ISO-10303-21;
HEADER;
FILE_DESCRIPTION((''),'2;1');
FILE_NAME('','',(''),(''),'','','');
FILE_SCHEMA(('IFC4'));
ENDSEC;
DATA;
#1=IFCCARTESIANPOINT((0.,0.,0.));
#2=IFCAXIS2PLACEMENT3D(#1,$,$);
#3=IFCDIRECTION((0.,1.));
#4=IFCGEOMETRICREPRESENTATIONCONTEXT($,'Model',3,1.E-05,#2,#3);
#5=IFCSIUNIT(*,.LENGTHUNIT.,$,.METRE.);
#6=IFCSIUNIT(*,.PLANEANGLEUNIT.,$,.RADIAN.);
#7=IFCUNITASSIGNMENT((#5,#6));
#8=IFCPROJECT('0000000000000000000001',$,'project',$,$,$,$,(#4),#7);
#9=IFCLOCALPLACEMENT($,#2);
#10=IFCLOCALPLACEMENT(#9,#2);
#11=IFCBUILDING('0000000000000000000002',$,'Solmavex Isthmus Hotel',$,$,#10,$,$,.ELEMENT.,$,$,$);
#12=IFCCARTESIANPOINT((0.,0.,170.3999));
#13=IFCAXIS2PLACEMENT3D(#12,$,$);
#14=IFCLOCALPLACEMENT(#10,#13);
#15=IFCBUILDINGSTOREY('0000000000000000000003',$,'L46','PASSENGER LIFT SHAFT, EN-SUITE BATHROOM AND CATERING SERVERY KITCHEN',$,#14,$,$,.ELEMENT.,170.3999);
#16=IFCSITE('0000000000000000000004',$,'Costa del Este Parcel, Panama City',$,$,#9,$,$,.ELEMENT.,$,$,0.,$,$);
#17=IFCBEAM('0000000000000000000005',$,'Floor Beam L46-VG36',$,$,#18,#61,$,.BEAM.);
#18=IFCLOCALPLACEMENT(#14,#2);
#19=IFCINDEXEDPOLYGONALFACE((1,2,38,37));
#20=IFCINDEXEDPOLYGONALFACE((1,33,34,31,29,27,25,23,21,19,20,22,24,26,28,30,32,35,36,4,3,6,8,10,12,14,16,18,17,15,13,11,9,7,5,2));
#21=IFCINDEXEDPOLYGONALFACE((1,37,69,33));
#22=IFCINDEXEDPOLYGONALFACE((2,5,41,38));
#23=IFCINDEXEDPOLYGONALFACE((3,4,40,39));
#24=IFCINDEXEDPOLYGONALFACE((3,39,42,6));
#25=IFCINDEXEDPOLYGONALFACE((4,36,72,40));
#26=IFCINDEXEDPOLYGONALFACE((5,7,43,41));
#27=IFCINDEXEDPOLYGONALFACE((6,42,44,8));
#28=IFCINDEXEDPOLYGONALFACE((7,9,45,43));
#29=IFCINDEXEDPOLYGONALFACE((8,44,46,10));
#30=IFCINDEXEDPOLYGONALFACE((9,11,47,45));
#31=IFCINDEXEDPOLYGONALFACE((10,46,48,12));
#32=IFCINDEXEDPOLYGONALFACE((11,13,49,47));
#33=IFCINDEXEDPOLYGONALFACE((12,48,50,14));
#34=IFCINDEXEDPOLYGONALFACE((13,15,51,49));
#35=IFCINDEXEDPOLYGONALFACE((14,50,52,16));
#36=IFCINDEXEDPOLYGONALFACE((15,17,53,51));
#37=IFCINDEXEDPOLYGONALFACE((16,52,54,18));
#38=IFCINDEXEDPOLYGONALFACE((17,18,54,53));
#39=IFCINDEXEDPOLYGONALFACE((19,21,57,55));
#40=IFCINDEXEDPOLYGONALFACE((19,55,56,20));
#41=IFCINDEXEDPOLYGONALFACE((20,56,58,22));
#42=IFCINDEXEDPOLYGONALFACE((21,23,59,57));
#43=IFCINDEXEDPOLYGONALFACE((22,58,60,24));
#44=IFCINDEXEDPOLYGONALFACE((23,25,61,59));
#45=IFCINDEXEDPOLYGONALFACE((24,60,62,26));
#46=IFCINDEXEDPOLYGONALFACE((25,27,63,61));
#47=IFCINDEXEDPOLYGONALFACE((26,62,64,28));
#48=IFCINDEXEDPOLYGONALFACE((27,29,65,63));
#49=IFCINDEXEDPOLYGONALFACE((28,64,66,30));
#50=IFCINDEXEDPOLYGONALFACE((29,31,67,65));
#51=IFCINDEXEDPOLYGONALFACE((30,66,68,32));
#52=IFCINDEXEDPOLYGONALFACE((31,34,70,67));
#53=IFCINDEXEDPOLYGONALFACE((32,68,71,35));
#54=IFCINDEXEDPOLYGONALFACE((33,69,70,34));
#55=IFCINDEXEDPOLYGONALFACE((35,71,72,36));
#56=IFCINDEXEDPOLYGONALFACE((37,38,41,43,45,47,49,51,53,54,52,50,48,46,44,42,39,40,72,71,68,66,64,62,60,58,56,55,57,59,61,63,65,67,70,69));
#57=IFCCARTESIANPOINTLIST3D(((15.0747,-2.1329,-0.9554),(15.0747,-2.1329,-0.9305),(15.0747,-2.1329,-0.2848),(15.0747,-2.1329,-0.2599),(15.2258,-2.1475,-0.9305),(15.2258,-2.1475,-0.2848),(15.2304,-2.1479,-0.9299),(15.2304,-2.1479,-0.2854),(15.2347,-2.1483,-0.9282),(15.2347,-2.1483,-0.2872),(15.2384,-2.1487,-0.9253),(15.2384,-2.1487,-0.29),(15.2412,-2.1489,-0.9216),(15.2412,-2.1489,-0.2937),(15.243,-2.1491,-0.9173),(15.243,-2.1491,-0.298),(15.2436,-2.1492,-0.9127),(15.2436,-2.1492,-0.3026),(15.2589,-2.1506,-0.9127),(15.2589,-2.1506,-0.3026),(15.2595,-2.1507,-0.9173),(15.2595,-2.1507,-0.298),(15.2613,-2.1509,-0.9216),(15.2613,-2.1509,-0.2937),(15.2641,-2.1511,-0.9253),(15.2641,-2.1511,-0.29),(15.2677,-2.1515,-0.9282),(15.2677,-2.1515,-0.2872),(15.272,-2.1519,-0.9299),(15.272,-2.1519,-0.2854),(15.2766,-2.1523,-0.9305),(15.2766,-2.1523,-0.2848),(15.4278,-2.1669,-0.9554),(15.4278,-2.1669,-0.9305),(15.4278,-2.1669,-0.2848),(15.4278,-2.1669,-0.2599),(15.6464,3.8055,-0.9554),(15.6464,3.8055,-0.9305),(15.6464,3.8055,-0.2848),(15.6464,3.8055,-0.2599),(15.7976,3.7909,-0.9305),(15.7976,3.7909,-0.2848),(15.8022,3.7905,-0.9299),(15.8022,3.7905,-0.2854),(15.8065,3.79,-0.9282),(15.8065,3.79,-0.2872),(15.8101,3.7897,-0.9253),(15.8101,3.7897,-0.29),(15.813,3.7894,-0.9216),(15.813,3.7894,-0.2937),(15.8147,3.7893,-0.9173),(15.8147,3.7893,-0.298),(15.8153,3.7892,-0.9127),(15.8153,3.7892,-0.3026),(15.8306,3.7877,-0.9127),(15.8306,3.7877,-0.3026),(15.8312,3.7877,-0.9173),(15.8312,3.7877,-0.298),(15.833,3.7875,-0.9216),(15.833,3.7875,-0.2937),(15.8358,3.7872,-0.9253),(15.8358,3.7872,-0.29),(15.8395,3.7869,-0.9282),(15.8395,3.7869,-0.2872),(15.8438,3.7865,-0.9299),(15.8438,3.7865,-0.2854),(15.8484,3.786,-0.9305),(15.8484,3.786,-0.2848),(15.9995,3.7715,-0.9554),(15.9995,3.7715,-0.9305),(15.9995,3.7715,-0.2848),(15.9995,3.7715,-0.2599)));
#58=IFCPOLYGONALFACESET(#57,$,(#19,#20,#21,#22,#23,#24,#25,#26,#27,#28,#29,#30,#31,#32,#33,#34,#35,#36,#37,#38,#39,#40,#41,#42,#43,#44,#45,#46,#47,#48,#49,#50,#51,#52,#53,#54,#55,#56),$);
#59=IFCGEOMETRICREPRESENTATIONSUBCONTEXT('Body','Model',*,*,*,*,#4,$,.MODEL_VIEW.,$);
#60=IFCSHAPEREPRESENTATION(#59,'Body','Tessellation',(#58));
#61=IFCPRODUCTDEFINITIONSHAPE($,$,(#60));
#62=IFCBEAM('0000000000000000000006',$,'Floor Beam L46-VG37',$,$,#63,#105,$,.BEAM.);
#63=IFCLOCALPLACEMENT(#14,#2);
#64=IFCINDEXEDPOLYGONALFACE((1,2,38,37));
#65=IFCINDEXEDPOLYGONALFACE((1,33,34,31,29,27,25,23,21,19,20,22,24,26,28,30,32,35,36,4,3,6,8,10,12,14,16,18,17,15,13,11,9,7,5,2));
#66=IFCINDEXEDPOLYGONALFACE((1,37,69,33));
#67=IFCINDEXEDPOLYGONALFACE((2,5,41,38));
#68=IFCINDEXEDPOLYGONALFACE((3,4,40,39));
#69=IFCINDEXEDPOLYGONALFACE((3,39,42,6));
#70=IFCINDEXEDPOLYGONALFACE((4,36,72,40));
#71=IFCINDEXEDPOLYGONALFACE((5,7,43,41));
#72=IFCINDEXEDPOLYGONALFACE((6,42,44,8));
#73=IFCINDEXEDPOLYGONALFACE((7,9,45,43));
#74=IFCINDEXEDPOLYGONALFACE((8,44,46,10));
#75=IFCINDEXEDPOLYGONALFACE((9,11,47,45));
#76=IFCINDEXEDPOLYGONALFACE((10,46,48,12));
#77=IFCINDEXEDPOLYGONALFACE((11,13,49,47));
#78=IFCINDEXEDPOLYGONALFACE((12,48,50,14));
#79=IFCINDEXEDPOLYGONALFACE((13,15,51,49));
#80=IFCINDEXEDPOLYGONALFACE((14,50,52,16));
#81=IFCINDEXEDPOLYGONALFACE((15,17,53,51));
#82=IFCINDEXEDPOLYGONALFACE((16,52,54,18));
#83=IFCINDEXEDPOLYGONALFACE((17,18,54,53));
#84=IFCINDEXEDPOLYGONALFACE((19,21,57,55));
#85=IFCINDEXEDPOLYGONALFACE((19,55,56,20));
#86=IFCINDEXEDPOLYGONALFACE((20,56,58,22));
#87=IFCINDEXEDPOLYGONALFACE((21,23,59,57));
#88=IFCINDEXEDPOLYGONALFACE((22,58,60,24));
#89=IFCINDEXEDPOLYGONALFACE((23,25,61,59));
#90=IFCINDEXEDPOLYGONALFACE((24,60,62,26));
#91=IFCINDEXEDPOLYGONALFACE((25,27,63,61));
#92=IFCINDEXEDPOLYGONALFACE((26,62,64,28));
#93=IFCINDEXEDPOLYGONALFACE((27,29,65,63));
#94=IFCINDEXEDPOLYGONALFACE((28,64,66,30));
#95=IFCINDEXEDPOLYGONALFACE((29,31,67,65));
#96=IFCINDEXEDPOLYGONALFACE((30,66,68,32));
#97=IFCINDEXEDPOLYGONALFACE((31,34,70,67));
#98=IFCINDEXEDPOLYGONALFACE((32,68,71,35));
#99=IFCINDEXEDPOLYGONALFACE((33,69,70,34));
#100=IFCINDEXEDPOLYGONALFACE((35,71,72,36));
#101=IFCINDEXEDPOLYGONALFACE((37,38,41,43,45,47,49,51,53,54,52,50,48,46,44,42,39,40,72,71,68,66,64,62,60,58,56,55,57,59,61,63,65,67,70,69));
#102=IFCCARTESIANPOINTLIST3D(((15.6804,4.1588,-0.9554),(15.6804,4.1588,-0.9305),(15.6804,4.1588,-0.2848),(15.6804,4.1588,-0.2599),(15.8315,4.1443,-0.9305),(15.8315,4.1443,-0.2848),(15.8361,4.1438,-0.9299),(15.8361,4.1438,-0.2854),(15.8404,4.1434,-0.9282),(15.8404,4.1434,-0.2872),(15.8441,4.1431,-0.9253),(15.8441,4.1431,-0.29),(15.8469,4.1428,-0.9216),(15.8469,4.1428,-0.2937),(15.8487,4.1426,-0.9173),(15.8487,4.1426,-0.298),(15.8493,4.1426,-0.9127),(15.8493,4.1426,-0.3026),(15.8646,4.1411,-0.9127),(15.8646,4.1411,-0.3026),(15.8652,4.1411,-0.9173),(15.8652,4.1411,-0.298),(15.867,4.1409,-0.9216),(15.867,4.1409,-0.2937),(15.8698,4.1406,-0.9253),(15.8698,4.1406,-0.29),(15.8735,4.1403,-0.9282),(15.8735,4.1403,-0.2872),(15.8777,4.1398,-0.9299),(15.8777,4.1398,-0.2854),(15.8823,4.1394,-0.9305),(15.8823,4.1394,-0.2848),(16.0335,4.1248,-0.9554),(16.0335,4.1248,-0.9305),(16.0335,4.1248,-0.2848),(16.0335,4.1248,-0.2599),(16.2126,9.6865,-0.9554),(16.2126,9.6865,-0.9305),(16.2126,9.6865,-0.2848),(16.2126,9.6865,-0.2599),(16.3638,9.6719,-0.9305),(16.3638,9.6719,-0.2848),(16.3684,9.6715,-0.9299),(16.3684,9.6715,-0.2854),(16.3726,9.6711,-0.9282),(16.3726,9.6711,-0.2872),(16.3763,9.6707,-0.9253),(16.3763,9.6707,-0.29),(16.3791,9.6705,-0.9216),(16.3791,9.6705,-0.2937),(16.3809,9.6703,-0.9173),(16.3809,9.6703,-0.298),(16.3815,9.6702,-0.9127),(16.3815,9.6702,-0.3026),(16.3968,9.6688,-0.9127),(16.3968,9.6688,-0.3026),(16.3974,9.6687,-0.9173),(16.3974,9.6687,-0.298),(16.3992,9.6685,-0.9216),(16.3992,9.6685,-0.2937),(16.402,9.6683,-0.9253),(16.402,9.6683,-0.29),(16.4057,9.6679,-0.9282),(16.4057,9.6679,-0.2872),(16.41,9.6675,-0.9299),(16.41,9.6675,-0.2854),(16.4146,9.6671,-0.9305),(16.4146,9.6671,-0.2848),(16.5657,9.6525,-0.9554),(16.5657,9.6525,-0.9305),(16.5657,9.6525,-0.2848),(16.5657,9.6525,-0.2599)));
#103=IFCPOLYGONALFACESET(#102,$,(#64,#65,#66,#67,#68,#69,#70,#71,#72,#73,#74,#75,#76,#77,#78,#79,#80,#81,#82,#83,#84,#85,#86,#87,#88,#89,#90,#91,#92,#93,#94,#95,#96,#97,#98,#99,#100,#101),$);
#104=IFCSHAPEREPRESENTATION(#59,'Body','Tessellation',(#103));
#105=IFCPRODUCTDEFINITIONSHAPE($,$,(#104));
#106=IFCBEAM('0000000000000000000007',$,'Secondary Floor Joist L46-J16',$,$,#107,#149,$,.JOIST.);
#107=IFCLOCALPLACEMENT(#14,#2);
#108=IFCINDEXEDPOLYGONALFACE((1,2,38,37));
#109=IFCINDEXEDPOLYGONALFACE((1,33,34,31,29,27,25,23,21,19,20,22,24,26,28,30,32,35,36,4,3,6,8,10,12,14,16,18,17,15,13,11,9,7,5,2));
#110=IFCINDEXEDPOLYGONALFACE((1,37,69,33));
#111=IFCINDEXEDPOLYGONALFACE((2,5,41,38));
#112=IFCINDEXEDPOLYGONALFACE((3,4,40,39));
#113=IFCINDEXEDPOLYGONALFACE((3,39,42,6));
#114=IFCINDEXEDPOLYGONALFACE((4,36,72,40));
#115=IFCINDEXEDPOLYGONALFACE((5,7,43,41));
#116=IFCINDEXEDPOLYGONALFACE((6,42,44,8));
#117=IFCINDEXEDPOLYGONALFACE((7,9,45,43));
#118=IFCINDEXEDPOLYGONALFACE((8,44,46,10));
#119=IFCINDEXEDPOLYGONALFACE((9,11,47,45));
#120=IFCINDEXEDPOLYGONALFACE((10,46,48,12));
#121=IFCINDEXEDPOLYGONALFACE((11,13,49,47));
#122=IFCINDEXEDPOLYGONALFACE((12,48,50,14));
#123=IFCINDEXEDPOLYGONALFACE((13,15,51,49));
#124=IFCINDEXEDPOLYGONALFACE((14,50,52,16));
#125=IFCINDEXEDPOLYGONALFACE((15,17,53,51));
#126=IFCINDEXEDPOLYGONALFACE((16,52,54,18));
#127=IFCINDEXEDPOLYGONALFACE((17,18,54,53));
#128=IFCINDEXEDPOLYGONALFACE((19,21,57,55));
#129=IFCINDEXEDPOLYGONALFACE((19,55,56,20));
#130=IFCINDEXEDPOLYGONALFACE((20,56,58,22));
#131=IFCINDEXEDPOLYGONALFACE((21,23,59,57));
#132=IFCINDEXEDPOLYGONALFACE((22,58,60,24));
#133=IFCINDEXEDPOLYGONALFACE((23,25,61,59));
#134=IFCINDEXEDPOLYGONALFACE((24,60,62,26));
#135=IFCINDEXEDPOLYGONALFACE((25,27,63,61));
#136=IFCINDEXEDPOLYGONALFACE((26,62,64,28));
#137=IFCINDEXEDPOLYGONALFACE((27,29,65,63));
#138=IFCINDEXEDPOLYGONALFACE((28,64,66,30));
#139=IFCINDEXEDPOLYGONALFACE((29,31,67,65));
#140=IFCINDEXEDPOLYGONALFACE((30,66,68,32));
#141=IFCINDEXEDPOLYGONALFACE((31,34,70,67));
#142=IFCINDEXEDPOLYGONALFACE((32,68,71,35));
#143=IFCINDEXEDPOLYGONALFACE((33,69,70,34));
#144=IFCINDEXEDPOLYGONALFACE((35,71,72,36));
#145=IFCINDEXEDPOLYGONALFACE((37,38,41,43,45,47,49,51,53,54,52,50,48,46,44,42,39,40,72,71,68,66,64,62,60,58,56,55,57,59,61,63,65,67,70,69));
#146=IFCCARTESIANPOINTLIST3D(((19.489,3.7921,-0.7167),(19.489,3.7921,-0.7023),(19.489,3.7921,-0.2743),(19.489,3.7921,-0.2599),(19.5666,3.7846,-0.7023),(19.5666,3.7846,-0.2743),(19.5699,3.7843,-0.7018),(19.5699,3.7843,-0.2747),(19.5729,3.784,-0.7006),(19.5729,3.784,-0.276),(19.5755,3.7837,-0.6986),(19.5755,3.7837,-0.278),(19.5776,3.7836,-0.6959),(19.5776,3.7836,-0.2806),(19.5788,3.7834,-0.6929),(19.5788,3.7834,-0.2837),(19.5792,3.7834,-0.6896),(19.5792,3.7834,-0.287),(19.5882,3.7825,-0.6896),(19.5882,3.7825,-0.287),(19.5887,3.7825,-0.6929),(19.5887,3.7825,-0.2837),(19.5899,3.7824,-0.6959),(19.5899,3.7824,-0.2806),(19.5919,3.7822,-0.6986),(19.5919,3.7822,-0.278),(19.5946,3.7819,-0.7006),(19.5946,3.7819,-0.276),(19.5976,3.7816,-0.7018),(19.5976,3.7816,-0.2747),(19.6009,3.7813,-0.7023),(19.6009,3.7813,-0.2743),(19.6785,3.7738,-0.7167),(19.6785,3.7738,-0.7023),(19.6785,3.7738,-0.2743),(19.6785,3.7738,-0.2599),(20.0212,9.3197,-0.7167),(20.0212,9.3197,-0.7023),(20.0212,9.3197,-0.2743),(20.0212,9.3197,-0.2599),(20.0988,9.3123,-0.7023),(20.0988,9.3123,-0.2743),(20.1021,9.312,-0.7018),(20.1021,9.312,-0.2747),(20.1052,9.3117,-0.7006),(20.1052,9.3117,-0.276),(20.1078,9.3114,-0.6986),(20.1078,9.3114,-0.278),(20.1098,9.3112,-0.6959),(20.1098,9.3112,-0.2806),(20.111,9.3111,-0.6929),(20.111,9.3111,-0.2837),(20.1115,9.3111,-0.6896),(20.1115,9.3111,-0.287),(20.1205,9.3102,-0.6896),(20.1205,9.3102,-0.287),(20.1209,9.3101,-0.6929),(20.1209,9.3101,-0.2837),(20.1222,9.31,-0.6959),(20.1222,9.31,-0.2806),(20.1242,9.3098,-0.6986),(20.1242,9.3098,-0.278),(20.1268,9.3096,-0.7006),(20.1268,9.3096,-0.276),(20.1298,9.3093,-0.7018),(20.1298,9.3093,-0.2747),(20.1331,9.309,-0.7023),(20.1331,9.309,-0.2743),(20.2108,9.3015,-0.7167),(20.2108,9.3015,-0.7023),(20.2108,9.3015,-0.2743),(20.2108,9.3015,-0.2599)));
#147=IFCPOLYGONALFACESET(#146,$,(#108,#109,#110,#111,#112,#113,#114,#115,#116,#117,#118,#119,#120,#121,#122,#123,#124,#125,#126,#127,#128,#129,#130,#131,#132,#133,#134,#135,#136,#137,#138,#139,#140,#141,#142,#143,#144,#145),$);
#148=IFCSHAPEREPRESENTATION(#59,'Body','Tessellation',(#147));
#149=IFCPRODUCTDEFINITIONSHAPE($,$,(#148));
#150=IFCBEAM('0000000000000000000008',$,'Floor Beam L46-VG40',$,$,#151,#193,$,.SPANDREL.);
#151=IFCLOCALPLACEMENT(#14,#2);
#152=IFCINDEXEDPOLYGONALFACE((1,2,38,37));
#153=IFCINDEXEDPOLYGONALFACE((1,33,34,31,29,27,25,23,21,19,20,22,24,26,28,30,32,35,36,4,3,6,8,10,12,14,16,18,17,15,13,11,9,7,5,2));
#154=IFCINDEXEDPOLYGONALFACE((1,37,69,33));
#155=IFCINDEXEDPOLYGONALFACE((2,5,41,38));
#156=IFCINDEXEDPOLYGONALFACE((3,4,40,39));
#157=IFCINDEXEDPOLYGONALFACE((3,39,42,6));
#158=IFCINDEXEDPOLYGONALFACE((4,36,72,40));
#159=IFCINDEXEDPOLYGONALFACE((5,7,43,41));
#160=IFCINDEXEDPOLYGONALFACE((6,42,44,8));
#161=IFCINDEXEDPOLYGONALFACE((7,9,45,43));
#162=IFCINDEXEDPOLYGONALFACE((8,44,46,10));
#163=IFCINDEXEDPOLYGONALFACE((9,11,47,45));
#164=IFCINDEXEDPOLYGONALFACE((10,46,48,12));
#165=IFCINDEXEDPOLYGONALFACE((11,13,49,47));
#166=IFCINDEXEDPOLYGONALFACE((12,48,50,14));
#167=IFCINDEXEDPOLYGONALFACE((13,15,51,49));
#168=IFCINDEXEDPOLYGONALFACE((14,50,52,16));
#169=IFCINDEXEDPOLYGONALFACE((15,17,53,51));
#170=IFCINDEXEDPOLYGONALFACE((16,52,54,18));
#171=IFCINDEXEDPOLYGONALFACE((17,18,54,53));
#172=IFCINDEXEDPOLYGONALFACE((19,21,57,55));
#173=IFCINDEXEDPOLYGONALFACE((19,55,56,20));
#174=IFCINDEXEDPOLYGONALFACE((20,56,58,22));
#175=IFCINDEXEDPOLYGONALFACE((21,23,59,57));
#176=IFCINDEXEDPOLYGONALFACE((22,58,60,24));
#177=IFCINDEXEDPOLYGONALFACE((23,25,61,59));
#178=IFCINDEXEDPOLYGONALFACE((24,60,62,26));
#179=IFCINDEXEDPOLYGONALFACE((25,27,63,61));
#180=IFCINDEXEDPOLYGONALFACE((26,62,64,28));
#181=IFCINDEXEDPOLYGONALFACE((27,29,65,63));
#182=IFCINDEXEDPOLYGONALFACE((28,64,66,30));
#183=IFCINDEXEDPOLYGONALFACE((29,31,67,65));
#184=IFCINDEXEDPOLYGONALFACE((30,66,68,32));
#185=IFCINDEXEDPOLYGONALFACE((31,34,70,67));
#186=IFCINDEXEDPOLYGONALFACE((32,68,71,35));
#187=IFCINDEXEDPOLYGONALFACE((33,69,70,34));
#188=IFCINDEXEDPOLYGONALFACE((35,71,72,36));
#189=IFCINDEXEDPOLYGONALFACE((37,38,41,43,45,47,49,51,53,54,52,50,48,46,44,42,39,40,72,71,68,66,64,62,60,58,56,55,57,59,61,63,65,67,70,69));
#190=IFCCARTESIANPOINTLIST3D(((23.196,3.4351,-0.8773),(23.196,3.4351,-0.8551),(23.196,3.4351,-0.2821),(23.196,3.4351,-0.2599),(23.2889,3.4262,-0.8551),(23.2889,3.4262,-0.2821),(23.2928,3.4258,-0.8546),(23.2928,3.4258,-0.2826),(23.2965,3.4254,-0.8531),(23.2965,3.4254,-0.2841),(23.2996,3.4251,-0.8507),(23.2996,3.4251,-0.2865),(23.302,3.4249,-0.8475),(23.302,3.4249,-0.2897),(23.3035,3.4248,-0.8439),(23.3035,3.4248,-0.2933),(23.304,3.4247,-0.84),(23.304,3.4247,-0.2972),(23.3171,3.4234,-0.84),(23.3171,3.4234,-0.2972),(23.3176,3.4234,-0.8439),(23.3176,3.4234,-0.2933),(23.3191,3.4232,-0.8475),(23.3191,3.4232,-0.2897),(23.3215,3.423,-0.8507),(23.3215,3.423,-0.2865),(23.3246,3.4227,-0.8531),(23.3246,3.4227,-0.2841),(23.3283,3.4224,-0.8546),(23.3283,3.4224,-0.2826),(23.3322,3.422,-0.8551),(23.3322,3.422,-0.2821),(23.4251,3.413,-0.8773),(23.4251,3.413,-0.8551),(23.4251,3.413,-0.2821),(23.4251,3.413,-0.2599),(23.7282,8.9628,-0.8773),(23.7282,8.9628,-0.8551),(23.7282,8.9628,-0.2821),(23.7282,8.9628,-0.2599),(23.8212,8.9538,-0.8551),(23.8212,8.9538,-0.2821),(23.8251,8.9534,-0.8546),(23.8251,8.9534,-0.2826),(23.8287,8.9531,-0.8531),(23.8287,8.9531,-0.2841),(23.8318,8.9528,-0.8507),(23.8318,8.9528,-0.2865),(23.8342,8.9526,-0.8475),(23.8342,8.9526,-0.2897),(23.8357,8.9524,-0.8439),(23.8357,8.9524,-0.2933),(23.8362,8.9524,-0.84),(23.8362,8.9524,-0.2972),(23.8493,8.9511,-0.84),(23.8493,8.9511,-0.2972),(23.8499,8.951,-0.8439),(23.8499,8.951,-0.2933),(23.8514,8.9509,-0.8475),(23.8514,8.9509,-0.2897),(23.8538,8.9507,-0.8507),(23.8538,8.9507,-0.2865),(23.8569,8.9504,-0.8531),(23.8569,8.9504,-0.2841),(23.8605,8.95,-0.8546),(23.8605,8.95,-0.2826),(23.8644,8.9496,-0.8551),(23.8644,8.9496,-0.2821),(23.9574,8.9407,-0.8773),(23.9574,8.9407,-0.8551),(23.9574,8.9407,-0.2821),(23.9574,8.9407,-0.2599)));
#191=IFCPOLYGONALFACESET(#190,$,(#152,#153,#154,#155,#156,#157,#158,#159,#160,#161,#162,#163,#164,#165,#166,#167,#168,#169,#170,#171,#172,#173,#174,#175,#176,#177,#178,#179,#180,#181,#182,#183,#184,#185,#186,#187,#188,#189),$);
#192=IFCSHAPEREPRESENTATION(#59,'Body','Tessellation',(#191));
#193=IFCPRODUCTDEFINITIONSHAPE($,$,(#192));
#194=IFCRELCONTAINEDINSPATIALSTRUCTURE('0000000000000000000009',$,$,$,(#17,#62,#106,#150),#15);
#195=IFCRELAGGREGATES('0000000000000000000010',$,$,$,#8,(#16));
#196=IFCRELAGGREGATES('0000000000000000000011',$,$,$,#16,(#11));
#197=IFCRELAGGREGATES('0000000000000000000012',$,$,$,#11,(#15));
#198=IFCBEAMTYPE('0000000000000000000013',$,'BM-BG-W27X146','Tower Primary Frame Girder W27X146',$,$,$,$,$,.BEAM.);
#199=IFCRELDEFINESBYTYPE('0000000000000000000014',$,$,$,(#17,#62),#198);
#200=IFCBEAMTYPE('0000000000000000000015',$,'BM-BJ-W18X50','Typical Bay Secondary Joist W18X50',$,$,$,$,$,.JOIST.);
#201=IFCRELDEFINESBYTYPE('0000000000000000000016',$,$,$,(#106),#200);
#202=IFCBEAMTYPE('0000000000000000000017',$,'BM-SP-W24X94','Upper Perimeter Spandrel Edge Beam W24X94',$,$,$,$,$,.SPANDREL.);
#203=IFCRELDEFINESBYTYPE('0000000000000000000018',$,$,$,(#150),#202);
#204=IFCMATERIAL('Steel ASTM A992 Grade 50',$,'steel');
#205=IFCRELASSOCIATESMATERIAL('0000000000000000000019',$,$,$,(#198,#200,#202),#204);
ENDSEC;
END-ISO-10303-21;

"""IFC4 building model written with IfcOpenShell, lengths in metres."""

from ifc_helpers import new_model, si_unit, direction, frame, origin, origin_2d, place, context, subcontext, project, spatial, i_section, extrude, material, material_profile, profile_set, type_object, element, save


model = new_model("IFC4")

# Units and contexts
model_context = context("Model", 3, precision=1e-05, world=origin(), true_north=direction((0.0, 1.0)))
body_context = subcontext(model_context, "Body", "Model", "MODEL_VIEW")
ifc_project = project(units=[si_unit("LENGTHUNIT", "METRE"), si_unit("PLANEANGLEUNIT", "RADIAN")], contexts=[model_context])

# Site, building, storey
site_placement = place(None, origin())
site = spatial("IfcSite", under=ifc_project, at=site_placement, Name="Costa del Este Parcel, Panama City", CompositionType="ELEMENT", RefElevation=0.0)
building_placement = place(site_placement, origin())
building = spatial("IfcBuilding", under=site, at=building_placement, Name="Solmavex Isthmus Hotel", CompositionType="ELEMENT")
storey_placement = place(building_placement, frame((0.0, 0.0, 170.3999)))
storey = spatial("IfcBuildingStorey", under=building, at=storey_placement, Name="L46", Description="PASSENGER LIFT SHAFT, EN-SUITE BATHROOM AND CATERING SERVERY KITCHEN", CompositionType="ELEMENT", Elevation=170.3999)

# Beams
ifc_material_1 = material(Name="Steel ASTM A992 Grade 50", Category="steel")
ifc_material_profile_1 = material_profile(ifc_material_1, i_section(OverallWidth=0.3547, OverallDepth=0.6956, WebThickness=0.0154, FlangeThickness=0.0249, FilletRadius=0.0178, at=origin_2d()), Name="W27X146")
ifc_profile_set_1 = profile_set([ifc_material_profile_1], Name="Steel ASTM A992 Grade 50")
beam_type_1 = type_object("IfcBeamType", Name="BM-BG-W27X146", Description="Tower Primary Frame Girder W27X146", PredefinedType="BEAM", material=ifc_profile_set_1)
beam_1_placement = place(storey_placement, frame((15.2512, -2.1499, -0.6077), z_axis=(0.09584, 0.995397, 0.0), x_axis=(-0.995397, 0.09584, 0.0)))
element("IfcBeam", 1, at=beam_1_placement, inside=storey, type_object=beam_type_1, Name="Floor Beam L46-VG36", PredefinedType="BEAM", context=body_context, shape_type="SweptSolid", body=[
    extrude(i_section(OverallWidth=0.3547, OverallDepth=0.6956, WebThickness=0.0154, FlangeThickness=0.0249, FilletRadius=0.0178, at=origin_2d()), origin(), (0.0, 0.0, 1.0), 5.9658),
])
beam_2_placement = place(storey_placement, frame((15.8569, 4.1418, -0.6077), z_axis=(0.095842, 0.995397, 0.0), x_axis=(-0.995397, 0.095842, 0.0)))
element("IfcBeam", 2, at=beam_2_placement, inside=storey, type_object=beam_type_1, Name="Floor Beam L46-VG37", PredefinedType="BEAM", context=body_context, shape_type="SweptSolid", body=[
    extrude(i_section(OverallWidth=0.3547, OverallDepth=0.6956, WebThickness=0.0154, FlangeThickness=0.0249, FilletRadius=0.0178, at=origin_2d()), origin(), (0.0, 0.0, 1.0), 5.5532),
])
ifc_material_profile_2 = material_profile(ifc_material_1, i_section(OverallWidth=0.1904, OverallDepth=0.4568, WebThickness=0.009, FlangeThickness=0.0144, FilletRadius=0.0127, at=origin_2d()), Name="W18X50")
ifc_profile_set_2 = profile_set([ifc_material_profile_2], Name="Steel ASTM A992 Grade 50")
beam_type_2 = type_object("IfcBeamType", Name="BM-BJ-W18X50", Description="Typical Bay Secondary Joist W18X50", PredefinedType="JOIST", material=ifc_profile_set_2)
beam_3_placement = place(storey_placement, frame((19.5837, 3.783, -0.4883), z_axis=(0.095842, 0.995397, 0.0), x_axis=(-0.995397, 0.095842, 0.0)))
element("IfcBeam", 3, at=beam_3_placement, inside=storey, type_object=beam_type_2, Name="Secondary Floor Joist L46-J16", PredefinedType="JOIST", context=body_context, shape_type="SweptSolid", body=[
    extrude(i_section(OverallWidth=0.1904, OverallDepth=0.4568, WebThickness=0.009, FlangeThickness=0.0144, FilletRadius=0.0127, at=origin_2d()), origin(), (0.0, 0.0, 1.0), 5.5532),
])
ifc_material_profile_3 = material_profile(ifc_material_1, i_section(OverallWidth=0.2302, OverallDepth=0.6174, WebThickness=0.0132, FlangeThickness=0.0222, FilletRadius=0.0151, at=origin_2d()), Name="W24X94")
ifc_profile_set_3 = profile_set([ifc_material_profile_3], Name="Steel ASTM A992 Grade 50")
beam_type_3 = type_object("IfcBeamType", Name="BM-SP-W24X94", Description="Upper Perimeter Spandrel Edge Beam W24X94", PredefinedType="SPANDREL", material=ifc_profile_set_3)
beam_4_placement = place(storey_placement, frame((23.3105, 3.4241, -0.5686), z_axis=(0.095842, 0.995397, 0.0), x_axis=(-0.995397, 0.095842, 0.0)))
element("IfcBeam", 4, at=beam_4_placement, inside=storey, type_object=beam_type_3, Name="Floor Beam L46-VG40", PredefinedType="SPANDREL", context=body_context, shape_type="SweptSolid", body=[
    extrude(i_section(OverallWidth=0.2302, OverallDepth=0.6174, WebThickness=0.0132, FlangeThickness=0.0222, FilletRadius=0.0151, at=origin_2d()), origin(), (0.0, 0.0, 1.0), 5.5532),
])

save(model, "model.ifc")
